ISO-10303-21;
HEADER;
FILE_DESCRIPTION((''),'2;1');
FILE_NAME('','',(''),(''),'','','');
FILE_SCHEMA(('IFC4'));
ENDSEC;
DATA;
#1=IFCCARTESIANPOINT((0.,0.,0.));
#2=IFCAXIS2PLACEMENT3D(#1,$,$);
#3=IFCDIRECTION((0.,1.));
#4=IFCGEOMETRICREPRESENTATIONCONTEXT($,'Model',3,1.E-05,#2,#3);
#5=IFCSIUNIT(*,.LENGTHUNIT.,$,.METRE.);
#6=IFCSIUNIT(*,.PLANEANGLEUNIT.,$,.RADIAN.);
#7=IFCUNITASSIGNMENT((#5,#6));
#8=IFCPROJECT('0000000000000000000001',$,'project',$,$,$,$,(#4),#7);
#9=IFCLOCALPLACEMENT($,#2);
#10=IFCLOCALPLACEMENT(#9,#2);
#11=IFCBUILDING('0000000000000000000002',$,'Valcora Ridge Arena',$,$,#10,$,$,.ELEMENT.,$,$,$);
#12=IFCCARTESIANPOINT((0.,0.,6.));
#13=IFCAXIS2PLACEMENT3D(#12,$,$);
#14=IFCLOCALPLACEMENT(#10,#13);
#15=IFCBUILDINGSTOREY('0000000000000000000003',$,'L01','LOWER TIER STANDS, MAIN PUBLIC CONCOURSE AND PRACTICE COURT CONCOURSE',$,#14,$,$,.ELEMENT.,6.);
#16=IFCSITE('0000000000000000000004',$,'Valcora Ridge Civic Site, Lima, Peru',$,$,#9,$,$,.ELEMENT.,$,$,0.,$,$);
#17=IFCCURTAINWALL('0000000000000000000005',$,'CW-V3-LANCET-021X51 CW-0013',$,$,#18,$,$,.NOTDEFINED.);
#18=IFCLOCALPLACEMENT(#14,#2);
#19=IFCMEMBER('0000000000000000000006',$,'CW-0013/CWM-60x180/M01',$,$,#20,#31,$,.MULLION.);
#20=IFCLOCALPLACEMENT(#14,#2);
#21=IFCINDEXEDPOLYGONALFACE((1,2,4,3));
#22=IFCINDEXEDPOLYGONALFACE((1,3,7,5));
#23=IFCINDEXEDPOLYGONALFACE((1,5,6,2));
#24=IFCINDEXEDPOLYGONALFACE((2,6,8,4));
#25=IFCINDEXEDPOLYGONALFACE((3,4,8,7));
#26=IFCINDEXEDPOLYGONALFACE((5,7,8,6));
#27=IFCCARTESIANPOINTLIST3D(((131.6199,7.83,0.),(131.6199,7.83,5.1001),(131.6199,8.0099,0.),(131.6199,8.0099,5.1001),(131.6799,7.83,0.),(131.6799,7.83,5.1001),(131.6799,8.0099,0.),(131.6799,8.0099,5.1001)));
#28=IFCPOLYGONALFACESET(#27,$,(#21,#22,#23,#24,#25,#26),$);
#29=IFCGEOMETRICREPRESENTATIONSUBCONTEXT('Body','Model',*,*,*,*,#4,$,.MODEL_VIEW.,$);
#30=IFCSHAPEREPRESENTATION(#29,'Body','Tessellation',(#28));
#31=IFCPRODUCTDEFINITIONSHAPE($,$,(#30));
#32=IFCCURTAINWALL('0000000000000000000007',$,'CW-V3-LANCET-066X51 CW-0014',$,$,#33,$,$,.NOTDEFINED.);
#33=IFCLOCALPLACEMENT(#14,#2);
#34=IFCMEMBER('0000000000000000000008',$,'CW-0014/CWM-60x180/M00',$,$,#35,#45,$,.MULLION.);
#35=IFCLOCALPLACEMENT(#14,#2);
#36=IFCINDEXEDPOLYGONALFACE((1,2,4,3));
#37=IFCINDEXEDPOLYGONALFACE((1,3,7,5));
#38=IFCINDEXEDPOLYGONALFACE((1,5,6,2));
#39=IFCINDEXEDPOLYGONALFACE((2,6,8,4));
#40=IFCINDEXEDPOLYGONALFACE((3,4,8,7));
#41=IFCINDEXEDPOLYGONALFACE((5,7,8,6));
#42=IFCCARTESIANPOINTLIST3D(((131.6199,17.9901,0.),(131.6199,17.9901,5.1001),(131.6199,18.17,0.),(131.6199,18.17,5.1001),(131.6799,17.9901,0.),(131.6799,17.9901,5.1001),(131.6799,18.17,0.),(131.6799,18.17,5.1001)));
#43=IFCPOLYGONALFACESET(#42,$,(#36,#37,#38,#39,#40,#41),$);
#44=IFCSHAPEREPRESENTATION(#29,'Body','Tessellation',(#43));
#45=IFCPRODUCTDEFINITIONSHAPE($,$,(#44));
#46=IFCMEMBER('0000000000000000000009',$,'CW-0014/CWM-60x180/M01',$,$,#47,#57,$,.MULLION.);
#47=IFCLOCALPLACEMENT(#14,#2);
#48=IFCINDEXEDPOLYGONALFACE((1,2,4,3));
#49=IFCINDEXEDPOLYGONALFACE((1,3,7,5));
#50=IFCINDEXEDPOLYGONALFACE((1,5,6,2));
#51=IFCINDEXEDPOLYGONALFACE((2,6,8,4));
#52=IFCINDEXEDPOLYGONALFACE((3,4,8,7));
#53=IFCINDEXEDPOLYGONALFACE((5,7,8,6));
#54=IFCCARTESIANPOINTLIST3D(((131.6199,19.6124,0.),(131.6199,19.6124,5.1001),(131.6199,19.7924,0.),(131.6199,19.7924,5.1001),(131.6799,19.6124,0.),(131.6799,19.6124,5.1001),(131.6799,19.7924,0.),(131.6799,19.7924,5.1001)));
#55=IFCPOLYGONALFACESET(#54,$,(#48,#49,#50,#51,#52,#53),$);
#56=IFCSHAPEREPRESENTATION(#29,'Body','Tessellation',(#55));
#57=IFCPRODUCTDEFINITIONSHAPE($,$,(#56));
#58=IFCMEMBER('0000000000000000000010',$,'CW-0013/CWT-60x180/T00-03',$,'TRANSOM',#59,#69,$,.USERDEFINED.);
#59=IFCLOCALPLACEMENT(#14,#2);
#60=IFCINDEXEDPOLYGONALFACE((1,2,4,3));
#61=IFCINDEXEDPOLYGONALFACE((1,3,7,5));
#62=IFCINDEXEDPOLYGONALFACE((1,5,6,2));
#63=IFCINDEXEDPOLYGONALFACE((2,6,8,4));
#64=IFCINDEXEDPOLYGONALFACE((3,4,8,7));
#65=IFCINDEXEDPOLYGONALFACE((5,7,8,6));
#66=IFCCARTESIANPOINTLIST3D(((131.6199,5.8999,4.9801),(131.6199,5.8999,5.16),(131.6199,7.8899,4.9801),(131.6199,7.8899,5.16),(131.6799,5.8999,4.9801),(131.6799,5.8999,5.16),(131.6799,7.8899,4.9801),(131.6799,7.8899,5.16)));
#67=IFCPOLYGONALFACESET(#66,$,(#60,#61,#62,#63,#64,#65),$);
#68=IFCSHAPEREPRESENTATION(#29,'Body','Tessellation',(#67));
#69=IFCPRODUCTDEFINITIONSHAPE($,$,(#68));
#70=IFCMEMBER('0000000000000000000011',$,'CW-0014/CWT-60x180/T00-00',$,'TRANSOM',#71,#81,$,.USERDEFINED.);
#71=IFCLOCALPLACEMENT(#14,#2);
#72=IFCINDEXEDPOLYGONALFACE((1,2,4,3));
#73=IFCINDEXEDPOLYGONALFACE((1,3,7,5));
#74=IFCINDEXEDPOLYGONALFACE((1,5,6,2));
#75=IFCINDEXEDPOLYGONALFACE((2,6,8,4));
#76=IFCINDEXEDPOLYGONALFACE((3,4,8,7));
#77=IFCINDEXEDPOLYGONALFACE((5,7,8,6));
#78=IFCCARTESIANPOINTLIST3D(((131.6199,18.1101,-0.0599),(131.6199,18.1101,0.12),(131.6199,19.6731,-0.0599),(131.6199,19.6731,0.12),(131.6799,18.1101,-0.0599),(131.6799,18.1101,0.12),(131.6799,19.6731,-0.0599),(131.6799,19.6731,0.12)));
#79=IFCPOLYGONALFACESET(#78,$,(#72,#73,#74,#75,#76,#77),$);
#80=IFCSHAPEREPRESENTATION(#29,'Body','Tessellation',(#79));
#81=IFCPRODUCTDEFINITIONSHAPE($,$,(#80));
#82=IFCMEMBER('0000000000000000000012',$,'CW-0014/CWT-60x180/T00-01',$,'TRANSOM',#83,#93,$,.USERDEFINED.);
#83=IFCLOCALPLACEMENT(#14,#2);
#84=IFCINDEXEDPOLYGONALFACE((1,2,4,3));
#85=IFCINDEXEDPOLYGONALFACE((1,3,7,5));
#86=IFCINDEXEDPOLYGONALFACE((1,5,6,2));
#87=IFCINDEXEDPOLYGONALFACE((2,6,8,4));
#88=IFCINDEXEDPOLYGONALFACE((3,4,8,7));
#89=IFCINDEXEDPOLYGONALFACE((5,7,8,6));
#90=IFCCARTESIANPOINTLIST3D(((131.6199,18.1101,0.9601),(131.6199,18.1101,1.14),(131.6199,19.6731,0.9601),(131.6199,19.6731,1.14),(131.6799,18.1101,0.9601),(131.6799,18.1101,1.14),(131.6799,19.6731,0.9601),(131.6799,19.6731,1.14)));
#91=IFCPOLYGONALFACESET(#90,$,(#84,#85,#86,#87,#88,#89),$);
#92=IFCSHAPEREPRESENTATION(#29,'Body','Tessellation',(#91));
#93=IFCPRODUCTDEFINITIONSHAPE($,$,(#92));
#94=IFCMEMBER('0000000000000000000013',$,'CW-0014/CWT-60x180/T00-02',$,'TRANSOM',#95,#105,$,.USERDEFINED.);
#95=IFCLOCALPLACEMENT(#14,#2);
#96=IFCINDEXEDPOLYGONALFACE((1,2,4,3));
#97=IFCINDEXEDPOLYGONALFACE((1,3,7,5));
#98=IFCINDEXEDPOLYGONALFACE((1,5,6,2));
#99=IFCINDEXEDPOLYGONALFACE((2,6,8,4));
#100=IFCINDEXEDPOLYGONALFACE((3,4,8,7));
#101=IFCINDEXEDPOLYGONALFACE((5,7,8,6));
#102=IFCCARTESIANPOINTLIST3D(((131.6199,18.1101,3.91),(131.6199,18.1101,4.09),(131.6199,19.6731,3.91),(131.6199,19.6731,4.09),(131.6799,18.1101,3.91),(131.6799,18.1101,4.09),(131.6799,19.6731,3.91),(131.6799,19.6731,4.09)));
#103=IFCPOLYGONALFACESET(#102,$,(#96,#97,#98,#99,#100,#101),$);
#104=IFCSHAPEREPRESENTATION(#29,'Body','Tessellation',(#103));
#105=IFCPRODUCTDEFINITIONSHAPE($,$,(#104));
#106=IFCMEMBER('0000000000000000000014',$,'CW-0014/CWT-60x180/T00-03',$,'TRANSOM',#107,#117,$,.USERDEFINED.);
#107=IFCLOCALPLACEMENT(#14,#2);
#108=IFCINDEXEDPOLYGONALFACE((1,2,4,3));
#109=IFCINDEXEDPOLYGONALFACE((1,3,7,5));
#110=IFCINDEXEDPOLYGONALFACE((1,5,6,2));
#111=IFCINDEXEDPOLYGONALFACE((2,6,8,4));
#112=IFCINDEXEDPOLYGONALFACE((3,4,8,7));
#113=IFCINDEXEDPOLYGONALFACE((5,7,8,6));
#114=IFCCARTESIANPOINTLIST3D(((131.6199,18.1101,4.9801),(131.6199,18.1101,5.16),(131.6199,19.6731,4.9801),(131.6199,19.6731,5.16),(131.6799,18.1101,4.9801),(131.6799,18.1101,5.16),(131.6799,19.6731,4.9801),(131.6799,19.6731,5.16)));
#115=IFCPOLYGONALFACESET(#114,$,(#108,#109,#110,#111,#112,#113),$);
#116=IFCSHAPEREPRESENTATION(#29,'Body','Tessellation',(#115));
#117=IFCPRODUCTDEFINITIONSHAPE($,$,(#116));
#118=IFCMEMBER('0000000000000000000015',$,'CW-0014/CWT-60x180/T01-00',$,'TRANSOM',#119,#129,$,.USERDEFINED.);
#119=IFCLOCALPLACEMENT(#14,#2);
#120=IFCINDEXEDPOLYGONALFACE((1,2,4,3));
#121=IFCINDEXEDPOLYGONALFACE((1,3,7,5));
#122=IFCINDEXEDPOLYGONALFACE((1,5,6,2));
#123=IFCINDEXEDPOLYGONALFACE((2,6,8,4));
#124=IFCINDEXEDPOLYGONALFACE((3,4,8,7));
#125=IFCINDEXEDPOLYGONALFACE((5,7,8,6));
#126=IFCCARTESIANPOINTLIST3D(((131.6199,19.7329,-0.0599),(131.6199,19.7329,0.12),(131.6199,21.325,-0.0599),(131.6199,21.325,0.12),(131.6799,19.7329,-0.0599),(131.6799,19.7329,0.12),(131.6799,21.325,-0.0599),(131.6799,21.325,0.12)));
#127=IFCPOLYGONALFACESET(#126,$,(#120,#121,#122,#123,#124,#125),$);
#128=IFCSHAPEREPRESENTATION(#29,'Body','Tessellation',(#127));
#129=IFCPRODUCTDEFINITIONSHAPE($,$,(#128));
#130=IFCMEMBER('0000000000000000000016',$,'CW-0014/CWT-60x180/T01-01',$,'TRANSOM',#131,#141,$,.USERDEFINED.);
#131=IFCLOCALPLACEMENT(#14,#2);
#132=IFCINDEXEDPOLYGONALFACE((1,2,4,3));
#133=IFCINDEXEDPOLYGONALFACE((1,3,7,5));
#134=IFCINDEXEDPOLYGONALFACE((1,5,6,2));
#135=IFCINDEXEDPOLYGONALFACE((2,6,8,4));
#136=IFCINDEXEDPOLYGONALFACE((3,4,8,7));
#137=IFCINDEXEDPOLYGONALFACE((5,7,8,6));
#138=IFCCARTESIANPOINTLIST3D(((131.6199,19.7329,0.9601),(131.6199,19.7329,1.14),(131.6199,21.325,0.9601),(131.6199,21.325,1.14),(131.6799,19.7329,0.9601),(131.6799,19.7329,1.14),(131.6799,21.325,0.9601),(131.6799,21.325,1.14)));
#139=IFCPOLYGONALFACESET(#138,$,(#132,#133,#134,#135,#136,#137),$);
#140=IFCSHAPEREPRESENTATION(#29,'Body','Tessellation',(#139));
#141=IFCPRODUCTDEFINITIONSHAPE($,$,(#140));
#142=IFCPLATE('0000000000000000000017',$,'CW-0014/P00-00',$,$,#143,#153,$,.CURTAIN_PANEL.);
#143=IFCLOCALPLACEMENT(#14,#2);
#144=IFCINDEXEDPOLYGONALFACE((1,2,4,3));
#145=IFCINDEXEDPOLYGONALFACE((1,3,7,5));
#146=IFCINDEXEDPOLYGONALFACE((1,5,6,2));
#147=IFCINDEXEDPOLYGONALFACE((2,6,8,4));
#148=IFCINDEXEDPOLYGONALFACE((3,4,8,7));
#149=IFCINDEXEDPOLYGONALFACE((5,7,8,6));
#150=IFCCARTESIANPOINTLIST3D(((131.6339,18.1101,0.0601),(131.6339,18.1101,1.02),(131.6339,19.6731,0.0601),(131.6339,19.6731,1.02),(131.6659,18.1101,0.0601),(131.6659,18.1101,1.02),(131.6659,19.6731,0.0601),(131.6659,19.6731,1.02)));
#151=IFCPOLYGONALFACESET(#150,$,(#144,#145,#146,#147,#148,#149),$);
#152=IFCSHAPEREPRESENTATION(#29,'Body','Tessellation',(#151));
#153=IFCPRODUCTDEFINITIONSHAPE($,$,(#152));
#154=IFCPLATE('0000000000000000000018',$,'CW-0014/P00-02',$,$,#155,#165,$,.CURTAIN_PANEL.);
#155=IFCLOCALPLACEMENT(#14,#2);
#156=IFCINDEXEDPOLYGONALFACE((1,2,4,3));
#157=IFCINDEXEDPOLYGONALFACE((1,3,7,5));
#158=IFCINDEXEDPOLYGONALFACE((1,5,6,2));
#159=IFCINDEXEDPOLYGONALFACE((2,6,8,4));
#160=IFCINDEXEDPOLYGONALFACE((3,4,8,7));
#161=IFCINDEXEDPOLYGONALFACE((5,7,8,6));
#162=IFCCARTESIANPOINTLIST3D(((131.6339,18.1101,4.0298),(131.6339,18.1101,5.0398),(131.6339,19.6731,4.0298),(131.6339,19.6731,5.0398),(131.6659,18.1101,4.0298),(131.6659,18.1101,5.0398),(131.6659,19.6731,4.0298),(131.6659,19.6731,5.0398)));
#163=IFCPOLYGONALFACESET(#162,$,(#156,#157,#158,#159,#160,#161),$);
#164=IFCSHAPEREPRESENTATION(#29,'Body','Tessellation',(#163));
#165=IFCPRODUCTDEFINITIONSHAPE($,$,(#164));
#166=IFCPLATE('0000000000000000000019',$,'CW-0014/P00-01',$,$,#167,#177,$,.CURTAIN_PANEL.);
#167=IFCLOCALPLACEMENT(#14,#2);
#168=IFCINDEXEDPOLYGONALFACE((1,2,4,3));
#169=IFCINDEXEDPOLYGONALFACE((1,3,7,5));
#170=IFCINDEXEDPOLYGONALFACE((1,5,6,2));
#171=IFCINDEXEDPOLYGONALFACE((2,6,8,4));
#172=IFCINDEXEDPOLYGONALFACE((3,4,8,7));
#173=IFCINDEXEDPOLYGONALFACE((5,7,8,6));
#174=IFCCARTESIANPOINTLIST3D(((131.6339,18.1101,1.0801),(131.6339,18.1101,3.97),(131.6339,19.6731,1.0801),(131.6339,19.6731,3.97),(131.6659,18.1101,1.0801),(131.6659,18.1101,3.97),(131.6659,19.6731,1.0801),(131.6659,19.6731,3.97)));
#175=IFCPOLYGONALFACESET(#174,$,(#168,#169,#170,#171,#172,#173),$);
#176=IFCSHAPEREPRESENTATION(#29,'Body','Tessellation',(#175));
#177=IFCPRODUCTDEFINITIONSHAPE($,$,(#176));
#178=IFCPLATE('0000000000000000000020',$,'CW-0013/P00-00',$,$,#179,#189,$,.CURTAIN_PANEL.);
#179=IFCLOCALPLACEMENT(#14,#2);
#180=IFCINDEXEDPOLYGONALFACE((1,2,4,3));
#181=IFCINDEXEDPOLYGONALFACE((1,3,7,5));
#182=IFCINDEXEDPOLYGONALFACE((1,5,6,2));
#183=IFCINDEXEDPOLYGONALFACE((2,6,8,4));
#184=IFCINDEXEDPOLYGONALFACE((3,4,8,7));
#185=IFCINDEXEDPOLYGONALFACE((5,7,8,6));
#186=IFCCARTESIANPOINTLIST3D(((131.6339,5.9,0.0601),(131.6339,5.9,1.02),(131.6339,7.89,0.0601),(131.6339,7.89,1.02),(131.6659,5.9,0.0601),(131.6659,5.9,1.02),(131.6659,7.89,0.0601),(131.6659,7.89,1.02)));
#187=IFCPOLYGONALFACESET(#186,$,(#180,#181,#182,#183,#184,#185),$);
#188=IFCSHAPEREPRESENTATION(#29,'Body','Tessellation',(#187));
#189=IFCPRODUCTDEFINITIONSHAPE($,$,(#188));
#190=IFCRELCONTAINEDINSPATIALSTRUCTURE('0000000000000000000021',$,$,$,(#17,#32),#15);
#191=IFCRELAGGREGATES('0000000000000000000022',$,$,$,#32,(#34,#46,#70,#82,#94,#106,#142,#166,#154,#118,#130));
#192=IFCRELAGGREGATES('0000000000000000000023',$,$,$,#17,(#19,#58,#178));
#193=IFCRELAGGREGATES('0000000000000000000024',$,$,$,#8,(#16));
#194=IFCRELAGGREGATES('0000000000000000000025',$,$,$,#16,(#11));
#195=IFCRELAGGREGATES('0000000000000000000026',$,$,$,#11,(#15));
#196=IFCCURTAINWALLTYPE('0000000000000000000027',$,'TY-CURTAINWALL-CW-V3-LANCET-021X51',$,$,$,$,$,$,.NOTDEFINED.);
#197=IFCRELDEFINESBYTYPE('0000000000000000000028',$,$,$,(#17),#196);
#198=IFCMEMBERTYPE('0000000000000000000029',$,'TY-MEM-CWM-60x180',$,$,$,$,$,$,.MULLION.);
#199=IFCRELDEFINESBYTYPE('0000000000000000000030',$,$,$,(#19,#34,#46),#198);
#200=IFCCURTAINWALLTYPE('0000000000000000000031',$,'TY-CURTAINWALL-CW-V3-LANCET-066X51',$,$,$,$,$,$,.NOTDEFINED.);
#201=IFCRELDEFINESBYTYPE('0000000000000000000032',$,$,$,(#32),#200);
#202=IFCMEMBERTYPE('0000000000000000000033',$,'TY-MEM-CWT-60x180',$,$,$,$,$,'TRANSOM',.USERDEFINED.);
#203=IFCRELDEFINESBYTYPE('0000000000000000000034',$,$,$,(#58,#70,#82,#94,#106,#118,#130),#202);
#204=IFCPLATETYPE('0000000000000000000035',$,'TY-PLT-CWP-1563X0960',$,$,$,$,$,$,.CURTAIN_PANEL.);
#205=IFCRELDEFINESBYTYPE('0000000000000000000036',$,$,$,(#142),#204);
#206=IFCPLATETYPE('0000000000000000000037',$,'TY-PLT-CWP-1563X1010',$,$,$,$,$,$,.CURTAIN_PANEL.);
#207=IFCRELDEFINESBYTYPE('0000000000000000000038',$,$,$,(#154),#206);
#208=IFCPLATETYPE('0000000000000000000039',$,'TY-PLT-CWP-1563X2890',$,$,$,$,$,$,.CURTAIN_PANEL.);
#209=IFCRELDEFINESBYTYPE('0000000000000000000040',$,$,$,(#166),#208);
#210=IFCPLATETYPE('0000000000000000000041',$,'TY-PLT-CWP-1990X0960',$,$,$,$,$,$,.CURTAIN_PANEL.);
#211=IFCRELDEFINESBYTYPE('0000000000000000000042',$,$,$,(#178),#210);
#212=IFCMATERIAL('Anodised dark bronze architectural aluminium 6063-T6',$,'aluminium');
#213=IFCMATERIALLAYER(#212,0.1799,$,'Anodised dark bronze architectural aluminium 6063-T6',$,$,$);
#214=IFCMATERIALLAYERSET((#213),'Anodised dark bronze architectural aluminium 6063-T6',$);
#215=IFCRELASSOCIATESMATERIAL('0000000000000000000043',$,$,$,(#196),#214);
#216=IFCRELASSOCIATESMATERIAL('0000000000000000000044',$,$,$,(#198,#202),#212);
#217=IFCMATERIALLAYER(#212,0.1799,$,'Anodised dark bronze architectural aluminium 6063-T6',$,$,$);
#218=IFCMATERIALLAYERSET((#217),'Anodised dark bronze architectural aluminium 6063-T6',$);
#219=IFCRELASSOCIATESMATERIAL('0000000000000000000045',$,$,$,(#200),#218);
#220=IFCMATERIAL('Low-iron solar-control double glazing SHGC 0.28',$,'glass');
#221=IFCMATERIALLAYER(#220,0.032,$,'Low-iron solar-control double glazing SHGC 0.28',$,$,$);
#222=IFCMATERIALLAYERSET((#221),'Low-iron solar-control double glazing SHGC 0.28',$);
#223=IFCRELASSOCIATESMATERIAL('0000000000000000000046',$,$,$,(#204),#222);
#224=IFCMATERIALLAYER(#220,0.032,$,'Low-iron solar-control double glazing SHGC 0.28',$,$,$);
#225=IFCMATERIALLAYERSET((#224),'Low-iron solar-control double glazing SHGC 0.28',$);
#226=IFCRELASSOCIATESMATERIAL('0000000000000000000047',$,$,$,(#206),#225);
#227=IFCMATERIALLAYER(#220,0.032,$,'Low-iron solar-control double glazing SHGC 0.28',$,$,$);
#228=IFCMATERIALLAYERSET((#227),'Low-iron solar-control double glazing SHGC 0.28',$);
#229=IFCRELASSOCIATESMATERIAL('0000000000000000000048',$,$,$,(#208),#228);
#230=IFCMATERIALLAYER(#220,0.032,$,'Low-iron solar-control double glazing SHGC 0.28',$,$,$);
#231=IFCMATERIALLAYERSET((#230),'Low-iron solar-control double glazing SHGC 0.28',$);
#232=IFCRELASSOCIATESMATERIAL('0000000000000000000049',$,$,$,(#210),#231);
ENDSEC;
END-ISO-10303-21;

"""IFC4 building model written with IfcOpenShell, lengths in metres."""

from ifc_helpers import new_model, si_unit, direction, frame, origin, origin_2d, place, context, subcontext, project, spatial, rectangle, extrude, material, layer, layer_set, material_profile, profile_set, type_object, element, aggregate, save


model = new_model("IFC4")

# Units and contexts
model_context = context("Model", 3, precision=1e-05, world=origin(), true_north=direction((0.0, 1.0)))
body_context = subcontext(model_context, "Body", "Model", "MODEL_VIEW")
ifc_project = project(units=[si_unit("LENGTHUNIT", "METRE"), si_unit("PLANEANGLEUNIT", "RADIAN")], contexts=[model_context])

# Site, building, storey
site_placement = place(None, origin())
site = spatial("IfcSite", under=ifc_project, at=site_placement, Name="Valcora Ridge Civic Site, Lima, Peru", CompositionType="ELEMENT", RefElevation=0.0)
building_placement = place(site_placement, origin())
building = spatial("IfcBuilding", under=site, at=building_placement, Name="Valcora Ridge Arena", CompositionType="ELEMENT")
storey_placement = place(building_placement, frame((0.0, 0.0, 6.0)))
storey = spatial("IfcBuildingStorey", under=building, at=storey_placement, Name="L01", Description="LOWER TIER STANDS, MAIN PUBLIC CONCOURSE AND PRACTICE COURT CONCOURSE", CompositionType="ELEMENT", Elevation=6.0)

# Curtain wall, member
ifc_material_1 = material(Name="Anodised dark bronze architectural aluminium 6063-T6", Category="aluminium")
ifc_layer_1 = layer(ifc_material_1, 0.1799, Name="Anodised dark bronze architectural aluminium 6063-T6")
ifc_layer_set_1 = layer_set([ifc_layer_1], Name="Anodised dark bronze architectural aluminium 6063-T6")
curtain_wall_type_1 = type_object("IfcCurtainWallType", Name="TY-CURTAINWALL-CW-V3-LANCET-021X51", PredefinedType="NOTDEFINED", material=ifc_layer_set_1)
curtain_wall_1_placement = place(storey_placement, origin())
curtain_wall_1 = element("IfcCurtainWall", 1, at=curtain_wall_1_placement, inside=storey, type_object=curtain_wall_type_1, Name="CW-V3-LANCET-021X51 CW-0013", PredefinedType="NOTDEFINED")
ifc_material_profile_1 = material_profile(ifc_material_1, rectangle(XDim=0.0601, YDim=0.1799, at=origin_2d()), Name="ALU MULLION 60x180")
ifc_profile_set_1 = profile_set([ifc_material_profile_1], Name="Anodised dark bronze architectural aluminium 6063-T6")
member_type_1 = type_object("IfcMemberType", Name="TY-MEM-CWM-60x180", PredefinedType="MULLION", material=ifc_profile_set_1)
member_1_placement = place(storey_placement, frame((131.6499, 7.9199, 0.0), z_axis=(0.0, 0.0, 1.0), x_axis=(-1.0, 0.0, 0.0)))
member_1 = element("IfcMember", 2, at=member_1_placement, type_object=member_type_1, Name="CW-0013/CWM-60x180/M01", PredefinedType="MULLION", context=body_context, shape_type="SweptSolid", body=[
    extrude(rectangle(XDim=0.0601, YDim=0.1799, at=origin_2d()), origin(), (0.0, 0.0, 1.0), 5.1001),
])

# Curtain wall, members
ifc_layer_2 = layer(ifc_material_1, 0.1799, Name="Anodised dark bronze architectural aluminium 6063-T6")
ifc_layer_set_2 = layer_set([ifc_layer_2], Name="Anodised dark bronze architectural aluminium 6063-T6")
curtain_wall_type_2 = type_object("IfcCurtainWallType", Name="TY-CURTAINWALL-CW-V3-LANCET-066X51", PredefinedType="NOTDEFINED", material=ifc_layer_set_2)
curtain_wall_2_placement = place(storey_placement, origin())
curtain_wall_2 = element("IfcCurtainWall", 3, at=curtain_wall_2_placement, inside=storey, type_object=curtain_wall_type_2, Name="CW-V3-LANCET-066X51 CW-0014", PredefinedType="NOTDEFINED")
member_2_placement = place(storey_placement, frame((131.6499, 18.0801, 0.0), z_axis=(0.0, 0.0, 1.0), x_axis=(-1.0, 0.0, 0.0)))
member_2 = element("IfcMember", 4, at=member_2_placement, type_object=member_type_1, Name="CW-0014/CWM-60x180/M00", PredefinedType="MULLION", context=body_context, shape_type="SweptSolid", body=[
    extrude(rectangle(XDim=0.0601, YDim=0.1799, at=origin_2d()), origin(), (0.0, 0.0, 1.0), 5.1001),
])
member_3_placement = place(storey_placement, frame((131.6499, 19.7024, 0.0), z_axis=(0.0, 0.0, 1.0), x_axis=(-1.0, 0.0, 0.0)))
member_3 = element("IfcMember", 5, at=member_3_placement, type_object=member_type_1, Name="CW-0014/CWM-60x180/M01", PredefinedType="MULLION", context=body_context, shape_type="SweptSolid", body=[
    extrude(rectangle(XDim=0.0601, YDim=0.1799, at=origin_2d()), origin(), (0.0, 0.0, 1.0), 5.1001),
])

# Members
ifc_material_profile_2 = material_profile(ifc_material_1, rectangle(XDim=0.0601, YDim=0.1799, at=origin_2d()), Name="ALU TRANSOM 60x180")
ifc_profile_set_2 = profile_set([ifc_material_profile_2], Name="Anodised dark bronze architectural aluminium 6063-T6")
member_type_2 = type_object("IfcMemberType", Name="TY-MEM-CWT-60x180", ElementType="TRANSOM", PredefinedType="USERDEFINED", material=ifc_profile_set_2)
member_4_placement = place(storey_placement, frame((131.6499, 5.8999, 5.0701), z_axis=(0.0, 1.0, 0.0), x_axis=(-1.0, 0.0, 0.0)))
member_4 = element("IfcMember", 6, at=member_4_placement, type_object=member_type_2, Name="CW-0013/CWT-60x180/T00-03", ObjectType="TRANSOM", PredefinedType="USERDEFINED", context=body_context, shape_type="SweptSolid", body=[
    extrude(rectangle(XDim=0.0601, YDim=0.1799, at=origin_2d()), origin(), (0.0, 0.0, 1.0), 1.99),
])
member_5_placement = place(storey_placement, frame((131.6499, 18.1101, 0.03), z_axis=(0.0, 1.0, 0.0), x_axis=(-1.0, 0.0, 0.0)))
member_5 = element("IfcMember", 7, at=member_5_placement, type_object=member_type_2, Name="CW-0014/CWT-60x180/T00-00", ObjectType="TRANSOM", PredefinedType="USERDEFINED", context=body_context, shape_type="SweptSolid", body=[
    extrude(rectangle(XDim=0.0601, YDim=0.1799, at=origin_2d()), origin(), (0.0, 0.0, 1.0), 1.563),
])
member_6_placement = place(storey_placement, frame((131.6499, 18.1101, 1.05), z_axis=(0.0, 1.0, 0.0), x_axis=(-1.0, 0.0, 0.0)))
member_6 = element("IfcMember", 8, at=member_6_placement, type_object=member_type_2, Name="CW-0014/CWT-60x180/T00-01", ObjectType="TRANSOM", PredefinedType="USERDEFINED", context=body_context, shape_type="SweptSolid", body=[
    extrude(rectangle(XDim=0.0601, YDim=0.1799, at=origin_2d()), origin(), (0.0, 0.0, 1.0), 1.563),
])
member_7_placement = place(storey_placement, frame((131.6499, 18.1101, 4.0), z_axis=(0.0, 1.0, 0.0), x_axis=(-1.0, 0.0, 0.0)))
member_7 = element("IfcMember", 9, at=member_7_placement, type_object=member_type_2, Name="CW-0014/CWT-60x180/T00-02", ObjectType="TRANSOM", PredefinedType="USERDEFINED", context=body_context, shape_type="SweptSolid", body=[
    extrude(rectangle(XDim=0.0601, YDim=0.1799, at=origin_2d()), origin(), (0.0, 0.0, 1.0), 1.563),
])
member_8_placement = place(storey_placement, frame((131.6499, 18.1101, 5.0701), z_axis=(0.0, 1.0, 0.0), x_axis=(-1.0, 0.0, 0.0)))
member_8 = element("IfcMember", 10, at=member_8_placement, type_object=member_type_2, Name="CW-0014/CWT-60x180/T00-03", ObjectType="TRANSOM", PredefinedType="USERDEFINED", context=body_context, shape_type="SweptSolid", body=[
    extrude(rectangle(XDim=0.0601, YDim=0.1799, at=origin_2d()), origin(), (0.0, 0.0, 1.0), 1.563),
])
member_9_placement = place(storey_placement, frame((131.6499, 19.7329, 0.03), z_axis=(0.0, 1.0, 0.0), x_axis=(-1.0, 0.0, 0.0)))
member_9 = element("IfcMember", 11, at=member_9_placement, type_object=member_type_2, Name="CW-0014/CWT-60x180/T01-00", ObjectType="TRANSOM", PredefinedType="USERDEFINED", context=body_context, shape_type="SweptSolid", body=[
    extrude(rectangle(XDim=0.0601, YDim=0.1799, at=origin_2d()), origin(), (0.0, 0.0, 1.0), 1.592),
])
member_10_placement = place(storey_placement, frame((131.6499, 19.7329, 1.05), z_axis=(0.0, 1.0, 0.0), x_axis=(-1.0, 0.0, 0.0)))
member_10 = element("IfcMember", 12, at=member_10_placement, type_object=member_type_2, Name="CW-0014/CWT-60x180/T01-01", ObjectType="TRANSOM", PredefinedType="USERDEFINED", context=body_context, shape_type="SweptSolid", body=[
    extrude(rectangle(XDim=0.0601, YDim=0.1799, at=origin_2d()), origin(), (0.0, 0.0, 1.0), 1.592),
])

# Plates
ifc_material_2 = material(Name="Low-iron solar-control double glazing SHGC 0.28", Category="glass")
ifc_layer_3 = layer(ifc_material_2, 0.032, Name="Low-iron solar-control double glazing SHGC 0.28")
ifc_layer_set_3 = layer_set([ifc_layer_3], Name="Low-iron solar-control double glazing SHGC 0.28")
plate_type_1 = type_object("IfcPlateType", Name="TY-PLT-CWP-1563X0960", PredefinedType="CURTAIN_PANEL", material=ifc_layer_set_3)
plate_1_placement = place(storey_placement, frame((131.6499, 18.8916, 0.0601), z_axis=(0.0, 0.0, 1.0), x_axis=(0.0, 1.0, 0.0)))
plate_1 = element("IfcPlate", 13, at=plate_1_placement, type_object=plate_type_1, Name="CW-0014/P00-00", PredefinedType="CURTAIN_PANEL", context=body_context, shape_type="SweptSolid", body=[
    extrude(rectangle(XDim=1.563, YDim=0.032, at=origin_2d()), origin(), (0.0, 0.0, 1.0), 0.96),
])
ifc_layer_4 = layer(ifc_material_2, 0.032, Name="Low-iron solar-control double glazing SHGC 0.28")
ifc_layer_set_4 = layer_set([ifc_layer_4], Name="Low-iron solar-control double glazing SHGC 0.28")
plate_type_2 = type_object("IfcPlateType", Name="TY-PLT-CWP-1563X1010", PredefinedType="CURTAIN_PANEL", material=ifc_layer_set_4)
plate_2_placement = place(storey_placement, frame((131.6499, 18.8916, 4.0298), z_axis=(0.0, 0.0, 1.0), x_axis=(0.0, 1.0, 0.0)))
plate_2 = element("IfcPlate", 14, at=plate_2_placement, type_object=plate_type_2, Name="CW-0014/P00-02", PredefinedType="CURTAIN_PANEL", context=body_context, shape_type="SweptSolid", body=[
    extrude(rectangle(XDim=1.563, YDim=0.032, at=origin_2d()), origin(), (0.0, 0.0, 1.0), 1.01),
])
ifc_layer_5 = layer(ifc_material_2, 0.032, Name="Low-iron solar-control double glazing SHGC 0.28")
ifc_layer_set_5 = layer_set([ifc_layer_5], Name="Low-iron solar-control double glazing SHGC 0.28")
plate_type_3 = type_object("IfcPlateType", Name="TY-PLT-CWP-1563X2890", PredefinedType="CURTAIN_PANEL", material=ifc_layer_set_5)
plate_3_placement = place(storey_placement, frame((131.6499, 18.8916, 1.0801), z_axis=(0.0, 0.0, 1.0), x_axis=(0.0, 1.0, 0.0)))
plate_3 = element("IfcPlate", 15, at=plate_3_placement, type_object=plate_type_3, Name="CW-0014/P00-01", PredefinedType="CURTAIN_PANEL", context=body_context, shape_type="SweptSolid", body=[
    extrude(rectangle(XDim=1.563, YDim=0.032, at=origin_2d()), origin(), (0.0, 0.0, 1.0), 2.8899),
])
aggregate(curtain_wall_2, [member_2, member_3, member_5, member_6, member_7, member_8, plate_1, plate_3, plate_2, member_9, member_10])
ifc_layer_6 = layer(ifc_material_2, 0.032, Name="Low-iron solar-control double glazing SHGC 0.28")
ifc_layer_set_6 = layer_set([ifc_layer_6], Name="Low-iron solar-control double glazing SHGC 0.28")
plate_type_4 = type_object("IfcPlateType", Name="TY-PLT-CWP-1990X0960", PredefinedType="CURTAIN_PANEL", material=ifc_layer_set_6)
plate_4_placement = place(storey_placement, frame((131.6499, 6.895, 0.0601), z_axis=(0.0, 0.0, 1.0), x_axis=(0.0, 1.0, 0.0)))
plate_4 = element("IfcPlate", 16, at=plate_4_placement, type_object=plate_type_4, Name="CW-0013/P00-00", PredefinedType="CURTAIN_PANEL", context=body_context, shape_type="SweptSolid", body=[
    extrude(rectangle(XDim=1.99, YDim=0.032, at=origin_2d()), origin(), (0.0, 0.0, 1.0), 0.96),
])
aggregate(curtain_wall_1, [member_1, member_4, plate_4])

save(model, "model.ifc")
